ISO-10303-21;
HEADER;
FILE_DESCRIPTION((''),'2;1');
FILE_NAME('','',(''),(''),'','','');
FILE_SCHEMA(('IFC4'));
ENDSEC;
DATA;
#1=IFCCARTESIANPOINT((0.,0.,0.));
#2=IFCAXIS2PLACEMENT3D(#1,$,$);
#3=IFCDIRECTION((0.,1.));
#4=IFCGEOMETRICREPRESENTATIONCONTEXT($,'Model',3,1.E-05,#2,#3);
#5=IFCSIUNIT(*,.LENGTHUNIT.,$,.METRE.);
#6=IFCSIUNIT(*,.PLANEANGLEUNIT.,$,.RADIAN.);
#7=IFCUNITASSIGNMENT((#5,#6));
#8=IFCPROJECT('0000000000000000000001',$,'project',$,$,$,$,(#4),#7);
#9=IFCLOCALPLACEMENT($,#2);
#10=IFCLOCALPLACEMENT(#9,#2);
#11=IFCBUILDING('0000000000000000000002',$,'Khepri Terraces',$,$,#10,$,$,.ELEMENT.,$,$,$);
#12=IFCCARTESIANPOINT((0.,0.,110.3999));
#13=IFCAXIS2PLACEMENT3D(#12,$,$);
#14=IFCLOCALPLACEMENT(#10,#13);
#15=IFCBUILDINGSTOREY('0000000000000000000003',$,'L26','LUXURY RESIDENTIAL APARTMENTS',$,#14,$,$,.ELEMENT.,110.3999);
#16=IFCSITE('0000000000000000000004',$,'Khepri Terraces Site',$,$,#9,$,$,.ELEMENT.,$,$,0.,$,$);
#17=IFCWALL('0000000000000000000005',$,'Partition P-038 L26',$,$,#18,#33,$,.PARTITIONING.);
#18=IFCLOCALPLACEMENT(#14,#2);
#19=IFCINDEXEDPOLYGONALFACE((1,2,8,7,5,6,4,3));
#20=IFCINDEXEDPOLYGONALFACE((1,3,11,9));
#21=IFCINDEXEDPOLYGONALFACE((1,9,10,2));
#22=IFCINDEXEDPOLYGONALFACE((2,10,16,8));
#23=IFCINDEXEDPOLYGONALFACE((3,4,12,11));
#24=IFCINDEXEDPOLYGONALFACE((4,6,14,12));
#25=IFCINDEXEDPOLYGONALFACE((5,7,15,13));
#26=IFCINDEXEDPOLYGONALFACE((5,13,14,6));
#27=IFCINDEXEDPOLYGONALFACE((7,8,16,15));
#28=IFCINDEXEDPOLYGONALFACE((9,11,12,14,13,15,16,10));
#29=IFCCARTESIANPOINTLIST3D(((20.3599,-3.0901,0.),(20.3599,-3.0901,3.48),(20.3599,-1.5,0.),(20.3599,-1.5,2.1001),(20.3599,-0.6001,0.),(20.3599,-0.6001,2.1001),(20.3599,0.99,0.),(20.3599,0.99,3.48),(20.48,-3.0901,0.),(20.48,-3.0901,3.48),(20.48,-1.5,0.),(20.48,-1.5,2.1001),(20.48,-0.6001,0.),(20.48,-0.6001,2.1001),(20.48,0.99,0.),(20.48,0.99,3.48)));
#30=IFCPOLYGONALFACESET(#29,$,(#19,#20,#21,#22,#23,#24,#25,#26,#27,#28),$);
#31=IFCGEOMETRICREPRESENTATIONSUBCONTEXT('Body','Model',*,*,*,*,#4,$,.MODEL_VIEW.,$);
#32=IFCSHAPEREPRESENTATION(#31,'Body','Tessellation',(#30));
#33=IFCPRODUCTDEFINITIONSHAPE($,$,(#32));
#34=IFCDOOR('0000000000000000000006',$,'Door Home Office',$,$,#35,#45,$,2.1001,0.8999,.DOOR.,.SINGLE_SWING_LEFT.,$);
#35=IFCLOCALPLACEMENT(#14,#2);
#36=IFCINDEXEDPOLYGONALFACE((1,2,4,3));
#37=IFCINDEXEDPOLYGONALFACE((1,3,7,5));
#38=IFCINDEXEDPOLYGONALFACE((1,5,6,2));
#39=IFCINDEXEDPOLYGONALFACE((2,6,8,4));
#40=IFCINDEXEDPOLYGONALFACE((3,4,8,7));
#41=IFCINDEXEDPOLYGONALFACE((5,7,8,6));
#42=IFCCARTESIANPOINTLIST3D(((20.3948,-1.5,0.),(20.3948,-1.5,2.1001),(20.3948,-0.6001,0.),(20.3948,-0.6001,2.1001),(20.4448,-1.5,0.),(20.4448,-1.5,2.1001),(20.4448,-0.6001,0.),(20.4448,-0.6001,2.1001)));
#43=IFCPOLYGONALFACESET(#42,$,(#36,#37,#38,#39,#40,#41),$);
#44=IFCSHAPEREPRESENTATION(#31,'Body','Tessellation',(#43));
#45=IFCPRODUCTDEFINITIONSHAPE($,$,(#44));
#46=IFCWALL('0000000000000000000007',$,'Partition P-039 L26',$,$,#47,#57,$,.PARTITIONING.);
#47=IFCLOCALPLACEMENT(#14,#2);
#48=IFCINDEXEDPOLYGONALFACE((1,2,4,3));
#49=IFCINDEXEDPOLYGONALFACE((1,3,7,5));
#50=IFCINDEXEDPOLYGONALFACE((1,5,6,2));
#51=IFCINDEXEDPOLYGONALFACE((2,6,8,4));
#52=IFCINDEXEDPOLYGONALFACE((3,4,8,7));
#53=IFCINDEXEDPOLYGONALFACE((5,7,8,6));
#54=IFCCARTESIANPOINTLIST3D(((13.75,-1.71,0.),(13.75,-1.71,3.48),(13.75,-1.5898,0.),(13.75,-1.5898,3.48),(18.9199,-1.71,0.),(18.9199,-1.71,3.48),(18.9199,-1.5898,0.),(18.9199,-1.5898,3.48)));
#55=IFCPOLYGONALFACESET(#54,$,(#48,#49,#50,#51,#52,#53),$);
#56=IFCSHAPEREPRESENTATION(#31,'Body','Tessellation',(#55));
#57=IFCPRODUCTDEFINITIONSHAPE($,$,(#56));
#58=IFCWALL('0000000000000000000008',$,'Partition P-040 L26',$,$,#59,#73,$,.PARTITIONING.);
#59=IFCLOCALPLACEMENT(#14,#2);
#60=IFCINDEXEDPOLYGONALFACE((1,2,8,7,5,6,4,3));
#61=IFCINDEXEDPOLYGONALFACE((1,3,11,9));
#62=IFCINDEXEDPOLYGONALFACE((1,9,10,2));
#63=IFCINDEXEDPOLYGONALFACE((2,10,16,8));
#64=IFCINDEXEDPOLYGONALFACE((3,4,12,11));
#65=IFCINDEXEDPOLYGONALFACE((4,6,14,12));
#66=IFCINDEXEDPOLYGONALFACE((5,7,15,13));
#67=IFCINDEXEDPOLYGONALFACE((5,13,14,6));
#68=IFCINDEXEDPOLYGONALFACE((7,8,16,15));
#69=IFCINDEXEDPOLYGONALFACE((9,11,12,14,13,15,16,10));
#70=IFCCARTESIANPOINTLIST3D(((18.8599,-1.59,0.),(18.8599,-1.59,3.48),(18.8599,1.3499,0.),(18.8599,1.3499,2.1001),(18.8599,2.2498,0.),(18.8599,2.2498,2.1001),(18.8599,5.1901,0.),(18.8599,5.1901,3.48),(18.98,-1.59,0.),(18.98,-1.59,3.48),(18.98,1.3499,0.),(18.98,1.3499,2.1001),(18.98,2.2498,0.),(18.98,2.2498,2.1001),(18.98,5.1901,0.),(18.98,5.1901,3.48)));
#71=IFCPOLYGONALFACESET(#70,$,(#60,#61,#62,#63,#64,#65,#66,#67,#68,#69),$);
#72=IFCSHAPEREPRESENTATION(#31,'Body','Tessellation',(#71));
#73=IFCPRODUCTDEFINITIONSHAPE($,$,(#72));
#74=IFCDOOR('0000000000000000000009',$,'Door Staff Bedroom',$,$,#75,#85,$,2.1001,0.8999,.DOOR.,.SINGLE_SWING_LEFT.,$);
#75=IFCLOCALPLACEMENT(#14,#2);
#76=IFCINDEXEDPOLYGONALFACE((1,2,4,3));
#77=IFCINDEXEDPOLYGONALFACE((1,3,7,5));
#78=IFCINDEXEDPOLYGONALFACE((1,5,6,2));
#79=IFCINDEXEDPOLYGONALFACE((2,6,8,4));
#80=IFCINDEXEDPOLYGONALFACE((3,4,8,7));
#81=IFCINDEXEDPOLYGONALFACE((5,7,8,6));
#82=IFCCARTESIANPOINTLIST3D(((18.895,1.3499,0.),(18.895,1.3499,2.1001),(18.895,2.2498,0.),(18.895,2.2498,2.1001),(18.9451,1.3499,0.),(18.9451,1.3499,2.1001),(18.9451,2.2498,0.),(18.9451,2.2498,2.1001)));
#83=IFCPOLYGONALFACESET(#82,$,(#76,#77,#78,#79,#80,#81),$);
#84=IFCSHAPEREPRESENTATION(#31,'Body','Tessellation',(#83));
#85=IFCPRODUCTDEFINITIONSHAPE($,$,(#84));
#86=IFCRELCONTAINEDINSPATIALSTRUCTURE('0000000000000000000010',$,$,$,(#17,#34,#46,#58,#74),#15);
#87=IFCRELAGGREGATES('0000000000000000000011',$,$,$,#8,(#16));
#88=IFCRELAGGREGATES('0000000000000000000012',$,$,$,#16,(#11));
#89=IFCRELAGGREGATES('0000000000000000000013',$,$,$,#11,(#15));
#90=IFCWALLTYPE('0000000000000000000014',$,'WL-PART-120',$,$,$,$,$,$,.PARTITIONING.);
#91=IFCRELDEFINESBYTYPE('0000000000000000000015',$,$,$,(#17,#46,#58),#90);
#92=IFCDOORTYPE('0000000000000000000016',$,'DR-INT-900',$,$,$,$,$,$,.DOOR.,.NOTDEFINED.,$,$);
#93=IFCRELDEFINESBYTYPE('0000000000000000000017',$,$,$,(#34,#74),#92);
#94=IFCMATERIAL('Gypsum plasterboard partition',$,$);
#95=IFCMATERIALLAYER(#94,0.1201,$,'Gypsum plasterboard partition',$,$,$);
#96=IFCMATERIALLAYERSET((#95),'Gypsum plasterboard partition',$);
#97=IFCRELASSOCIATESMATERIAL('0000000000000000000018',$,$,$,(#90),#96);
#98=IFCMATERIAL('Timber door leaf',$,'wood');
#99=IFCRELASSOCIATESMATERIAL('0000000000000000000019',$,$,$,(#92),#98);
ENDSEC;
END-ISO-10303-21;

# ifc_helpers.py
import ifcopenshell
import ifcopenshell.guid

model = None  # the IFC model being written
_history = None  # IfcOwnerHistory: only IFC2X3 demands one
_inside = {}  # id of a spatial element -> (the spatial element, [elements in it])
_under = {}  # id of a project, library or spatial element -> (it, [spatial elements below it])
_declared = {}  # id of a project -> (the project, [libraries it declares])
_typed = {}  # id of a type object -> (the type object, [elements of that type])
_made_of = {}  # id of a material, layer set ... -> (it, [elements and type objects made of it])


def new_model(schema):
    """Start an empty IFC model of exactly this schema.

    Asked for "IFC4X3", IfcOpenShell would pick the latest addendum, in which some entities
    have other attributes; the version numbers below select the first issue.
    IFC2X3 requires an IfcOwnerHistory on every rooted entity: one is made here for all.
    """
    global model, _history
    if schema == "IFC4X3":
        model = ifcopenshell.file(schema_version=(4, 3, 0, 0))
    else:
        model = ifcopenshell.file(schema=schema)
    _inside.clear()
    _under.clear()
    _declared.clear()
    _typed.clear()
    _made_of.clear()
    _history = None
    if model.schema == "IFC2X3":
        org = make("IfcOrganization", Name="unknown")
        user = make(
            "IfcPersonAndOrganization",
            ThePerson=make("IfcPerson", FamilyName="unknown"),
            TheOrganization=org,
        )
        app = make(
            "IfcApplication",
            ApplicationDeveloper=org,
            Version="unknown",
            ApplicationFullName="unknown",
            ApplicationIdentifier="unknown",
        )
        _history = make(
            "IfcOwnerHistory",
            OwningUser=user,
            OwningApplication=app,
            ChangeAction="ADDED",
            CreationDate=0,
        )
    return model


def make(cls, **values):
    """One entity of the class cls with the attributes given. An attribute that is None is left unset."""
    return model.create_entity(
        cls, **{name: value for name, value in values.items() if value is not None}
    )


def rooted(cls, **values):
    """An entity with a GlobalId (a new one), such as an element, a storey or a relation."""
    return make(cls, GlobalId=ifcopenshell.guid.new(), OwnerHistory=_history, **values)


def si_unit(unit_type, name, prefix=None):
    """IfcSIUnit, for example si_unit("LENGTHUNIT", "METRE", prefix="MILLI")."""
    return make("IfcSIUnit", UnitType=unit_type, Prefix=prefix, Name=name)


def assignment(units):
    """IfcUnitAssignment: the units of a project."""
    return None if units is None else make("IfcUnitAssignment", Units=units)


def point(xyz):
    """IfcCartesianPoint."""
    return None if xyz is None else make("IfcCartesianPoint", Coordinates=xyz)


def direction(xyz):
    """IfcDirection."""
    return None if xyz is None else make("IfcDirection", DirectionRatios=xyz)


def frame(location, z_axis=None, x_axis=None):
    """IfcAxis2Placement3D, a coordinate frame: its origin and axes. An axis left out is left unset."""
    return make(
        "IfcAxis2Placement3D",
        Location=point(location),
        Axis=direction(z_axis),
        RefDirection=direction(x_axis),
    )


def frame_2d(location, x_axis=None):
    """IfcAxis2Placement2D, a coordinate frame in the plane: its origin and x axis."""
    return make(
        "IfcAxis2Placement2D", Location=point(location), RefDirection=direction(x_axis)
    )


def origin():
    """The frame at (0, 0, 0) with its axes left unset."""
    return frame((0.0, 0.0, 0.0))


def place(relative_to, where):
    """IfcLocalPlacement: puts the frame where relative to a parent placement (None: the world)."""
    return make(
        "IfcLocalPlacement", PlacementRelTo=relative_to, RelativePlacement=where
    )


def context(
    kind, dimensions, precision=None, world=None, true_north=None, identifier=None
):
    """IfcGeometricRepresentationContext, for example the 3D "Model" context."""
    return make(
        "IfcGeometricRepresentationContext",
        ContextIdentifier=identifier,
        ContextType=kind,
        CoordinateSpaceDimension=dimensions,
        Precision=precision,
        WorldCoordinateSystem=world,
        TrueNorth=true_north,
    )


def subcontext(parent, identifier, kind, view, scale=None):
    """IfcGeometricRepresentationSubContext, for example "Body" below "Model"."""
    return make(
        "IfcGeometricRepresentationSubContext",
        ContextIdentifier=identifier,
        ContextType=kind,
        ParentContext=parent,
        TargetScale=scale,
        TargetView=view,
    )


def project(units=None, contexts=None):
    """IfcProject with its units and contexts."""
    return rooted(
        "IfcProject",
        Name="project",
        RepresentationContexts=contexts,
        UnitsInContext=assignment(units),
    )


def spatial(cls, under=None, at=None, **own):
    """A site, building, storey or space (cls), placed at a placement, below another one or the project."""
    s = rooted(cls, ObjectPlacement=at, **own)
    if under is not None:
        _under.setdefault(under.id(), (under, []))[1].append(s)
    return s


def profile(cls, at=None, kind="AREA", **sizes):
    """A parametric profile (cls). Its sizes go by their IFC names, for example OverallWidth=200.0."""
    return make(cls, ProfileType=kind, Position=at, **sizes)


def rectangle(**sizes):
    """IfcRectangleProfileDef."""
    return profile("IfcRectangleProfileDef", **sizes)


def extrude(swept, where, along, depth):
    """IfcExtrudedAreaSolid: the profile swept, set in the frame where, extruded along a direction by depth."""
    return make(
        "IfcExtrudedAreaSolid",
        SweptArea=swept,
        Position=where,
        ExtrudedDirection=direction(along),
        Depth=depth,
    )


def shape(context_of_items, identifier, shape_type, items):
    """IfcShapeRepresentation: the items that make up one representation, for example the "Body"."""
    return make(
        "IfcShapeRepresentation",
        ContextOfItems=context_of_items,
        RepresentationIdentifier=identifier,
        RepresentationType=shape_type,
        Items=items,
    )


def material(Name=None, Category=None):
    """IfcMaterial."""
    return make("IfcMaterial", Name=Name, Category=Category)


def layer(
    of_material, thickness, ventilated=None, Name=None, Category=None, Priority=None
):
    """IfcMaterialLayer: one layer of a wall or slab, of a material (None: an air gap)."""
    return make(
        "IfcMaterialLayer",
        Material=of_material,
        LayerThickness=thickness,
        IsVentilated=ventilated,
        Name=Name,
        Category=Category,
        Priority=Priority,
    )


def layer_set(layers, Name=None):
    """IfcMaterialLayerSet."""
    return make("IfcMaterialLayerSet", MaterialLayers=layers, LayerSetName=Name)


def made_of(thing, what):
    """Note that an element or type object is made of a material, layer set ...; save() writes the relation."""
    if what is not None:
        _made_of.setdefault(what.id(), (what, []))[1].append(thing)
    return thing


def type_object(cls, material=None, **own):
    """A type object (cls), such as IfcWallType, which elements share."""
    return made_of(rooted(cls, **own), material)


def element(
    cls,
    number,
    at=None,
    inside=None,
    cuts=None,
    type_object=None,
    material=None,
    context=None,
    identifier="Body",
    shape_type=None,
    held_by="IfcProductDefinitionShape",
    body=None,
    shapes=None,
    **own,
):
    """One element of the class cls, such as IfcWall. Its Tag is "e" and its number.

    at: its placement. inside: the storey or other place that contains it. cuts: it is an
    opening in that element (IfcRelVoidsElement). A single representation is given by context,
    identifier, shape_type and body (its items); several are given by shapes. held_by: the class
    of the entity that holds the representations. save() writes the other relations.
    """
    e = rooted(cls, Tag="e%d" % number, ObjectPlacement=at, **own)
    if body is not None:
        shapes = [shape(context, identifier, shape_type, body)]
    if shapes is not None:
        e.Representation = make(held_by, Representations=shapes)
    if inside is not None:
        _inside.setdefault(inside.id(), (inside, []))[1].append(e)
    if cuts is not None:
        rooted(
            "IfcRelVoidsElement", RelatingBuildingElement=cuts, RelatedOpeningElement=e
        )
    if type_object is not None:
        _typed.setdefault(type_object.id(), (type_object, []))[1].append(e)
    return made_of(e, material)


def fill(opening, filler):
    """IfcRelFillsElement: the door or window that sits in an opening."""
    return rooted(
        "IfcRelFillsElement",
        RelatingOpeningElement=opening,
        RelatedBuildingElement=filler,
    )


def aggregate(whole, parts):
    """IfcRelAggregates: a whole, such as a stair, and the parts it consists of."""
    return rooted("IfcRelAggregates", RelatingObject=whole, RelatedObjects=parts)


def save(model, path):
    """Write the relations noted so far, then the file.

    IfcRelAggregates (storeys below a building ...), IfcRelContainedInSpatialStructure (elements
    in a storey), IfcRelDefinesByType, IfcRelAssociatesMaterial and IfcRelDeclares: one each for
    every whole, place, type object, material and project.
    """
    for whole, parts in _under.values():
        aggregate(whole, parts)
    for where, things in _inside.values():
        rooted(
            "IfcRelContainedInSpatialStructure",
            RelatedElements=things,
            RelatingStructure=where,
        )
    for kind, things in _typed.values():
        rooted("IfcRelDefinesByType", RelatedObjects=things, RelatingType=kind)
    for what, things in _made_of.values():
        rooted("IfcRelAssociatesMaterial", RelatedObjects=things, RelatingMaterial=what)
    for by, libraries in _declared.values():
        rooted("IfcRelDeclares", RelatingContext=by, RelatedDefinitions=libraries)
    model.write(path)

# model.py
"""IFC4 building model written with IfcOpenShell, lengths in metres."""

from ifc_helpers import new_model, si_unit, direction, frame, frame_2d, origin, place, context, subcontext, project, spatial, rectangle, extrude, material, layer, layer_set, type_object, element, fill, save


model = new_model("IFC4")

# Units and contexts
model_context = context("Model", 3, precision=1e-05, world=origin(), true_north=direction((0.0, 1.0)))
body_context = subcontext(model_context, "Body", "Model", "MODEL_VIEW")
ifc_project = project(units=[si_unit("LENGTHUNIT", "METRE"), si_unit("PLANEANGLEUNIT", "RADIAN")], contexts=[model_context])

# Site, building, storey
site_placement = place(None, origin())
site = spatial("IfcSite", under=ifc_project, at=site_placement, Name="Khepri Terraces Site", CompositionType="ELEMENT", RefElevation=0.0)
building_placement = place(site_placement, origin())
building = spatial("IfcBuilding", under=site, at=building_placement, Name="Khepri Terraces", CompositionType="ELEMENT")
storey_placement = place(building_placement, frame((0.0, 0.0, 110.3999)))
storey = spatial("IfcBuildingStorey", under=building, at=storey_placement, Name="L26", Description="LUXURY RESIDENTIAL APARTMENTS", CompositionType="ELEMENT", Elevation=110.3999)

# Shared definitions
ifc_material_1 = material(Name="Gypsum plasterboard partition")
ifc_layer_1 = layer(ifc_material_1, 0.1201, Name="Gypsum plasterboard partition")
ifc_layer_set_1 = layer_set([ifc_layer_1], Name="Gypsum plasterboard partition")
wall_type_1 = type_object("IfcWallType", Name="WL-PART-120", PredefinedType="PARTITIONING", material=ifc_layer_set_1)

# Shared definitions
ifc_material_2 = material(Name="Timber door leaf", Category="wood")
door_type_1 = type_object("IfcDoorType", Name="DR-INT-900", OperationType="NOTDEFINED", PredefinedType="DOOR", material=ifc_material_2)

# Wall, opening, door
wall_1_placement = place(storey_placement, frame((20.4199, -3.0901, 0.0), z_axis=(0.0, 0.0, 1.0), x_axis=(0.0, 1.0, 0.0)))
wall_1 = element("IfcWall", 1, at=wall_1_placement, inside=storey, type_object=wall_type_1, Name="Partition P-038 L26", PredefinedType="PARTITIONING", context=body_context, shape_type="SweptSolid", body=[
    extrude(rectangle(XDim=4.0801, YDim=0.1201, at=frame_2d((2.04, 0.0))), origin(), (0.0, 0.0, 1.0), 3.48),
])
opening_1_placement = place(wall_1_placement, frame((1.5901, 0.0, 0.0)))
opening_1 = element("IfcOpeningElement", 2, at=opening_1_placement, cuts=wall_1, PredefinedType="OPENING", context=body_context, shape_type="SweptSolid", body=[
    extrude(rectangle(XDim=0.8999, YDim=2.1001, at=frame_2d((0.45, 1.05))), frame((0.0, 0.0701, 0.0), z_axis=(0.0, -1.0, 0.0), x_axis=(1.0, 0.0, 0.0)), (0.0, 0.0, 1.0), 0.1401),
])
door_1_placement = place(opening_1_placement, frame((0.8999, 0.0, 0.0), z_axis=(0.0, 0.0, 1.0), x_axis=(-1.0, 0.0, 0.0)))
door_1 = element("IfcDoor", 3, at=door_1_placement, inside=storey, type_object=door_type_1, Name="Door Home Office", OperationType="SINGLE_SWING_LEFT", OverallHeight=2.1001, OverallWidth=0.8999, PredefinedType="DOOR", context=body_context, shape_type="SweptSolid", body=[
    extrude(rectangle(XDim=0.8999, YDim=2.1001, at=frame_2d((0.45, 1.05))), frame((0.0, 0.0249, 0.0), z_axis=(0.0, -1.0, 0.0), x_axis=(1.0, 0.0, 0.0)), (0.0, 0.0, 1.0), 0.05),
])
fill(opening_1, door_1)

# Wall
wall_2_placement = place(storey_placement, frame((13.75, -1.6499, 0.0), z_axis=(0.0, 0.0, 1.0), x_axis=(1.0, 0.0, 0.0)))
element("IfcWall", 4, at=wall_2_placement, inside=storey, type_object=wall_type_1, Name="Partition P-039 L26", PredefinedType="PARTITIONING", context=body_context, shape_type="SweptSolid", body=[
    extrude(rectangle(XDim=5.1699, YDim=0.1201, at=frame_2d((2.585, 0.0))), origin(), (0.0, 0.0, 1.0), 3.48),
])

# Wall, opening, door
wall_3_placement = place(storey_placement, frame((18.9199, -1.5901, 0.0), z_axis=(0.0, 0.0, 1.0), x_axis=(0.0, 1.0, 0.0)))
wall_3 = element("IfcWall", 5, at=wall_3_placement, inside=storey, type_object=wall_type_1, Name="Partition P-040 L26", PredefinedType="PARTITIONING", context=body_context, shape_type="SweptSolid", body=[
    extrude(rectangle(XDim=6.78, YDim=0.1201, at=frame_2d((3.3901, 0.0))), origin(), (0.0, 0.0, 1.0), 3.48),
])
opening_2_placement = place(wall_3_placement, frame((2.9399, 0.0, 0.0)))
opening_2 = element("IfcOpeningElement", 6, at=opening_2_placement, cuts=wall_3, PredefinedType="OPENING", context=body_context, shape_type="SweptSolid", body=[
    extrude(rectangle(XDim=0.8999, YDim=2.1001, at=frame_2d((0.45, 1.05))), frame((0.0, 0.0701, 0.0), z_axis=(0.0, -1.0, 0.0), x_axis=(1.0, 0.0, 0.0)), (0.0, 0.0, 1.0), 0.1401),
])
door_2_placement = place(opening_2_placement, origin())
door_2 = element("IfcDoor", 7, at=door_2_placement, inside=storey, type_object=door_type_1, Name="Door Staff Bedroom", OperationType="SINGLE_SWING_LEFT", OverallHeight=2.1001, OverallWidth=0.8999, PredefinedType="DOOR", context=body_context, shape_type="SweptSolid", body=[
    extrude(rectangle(XDim=0.8999, YDim=2.1001, at=frame_2d((0.45, 1.05))), frame((0.0, 0.0249, 0.0), z_axis=(0.0, -1.0, 0.0), x_axis=(1.0, 0.0, 0.0)), (0.0, 0.0, 1.0), 0.05),
])
fill(opening_2, door_2)

save(model, "model.ifc")
